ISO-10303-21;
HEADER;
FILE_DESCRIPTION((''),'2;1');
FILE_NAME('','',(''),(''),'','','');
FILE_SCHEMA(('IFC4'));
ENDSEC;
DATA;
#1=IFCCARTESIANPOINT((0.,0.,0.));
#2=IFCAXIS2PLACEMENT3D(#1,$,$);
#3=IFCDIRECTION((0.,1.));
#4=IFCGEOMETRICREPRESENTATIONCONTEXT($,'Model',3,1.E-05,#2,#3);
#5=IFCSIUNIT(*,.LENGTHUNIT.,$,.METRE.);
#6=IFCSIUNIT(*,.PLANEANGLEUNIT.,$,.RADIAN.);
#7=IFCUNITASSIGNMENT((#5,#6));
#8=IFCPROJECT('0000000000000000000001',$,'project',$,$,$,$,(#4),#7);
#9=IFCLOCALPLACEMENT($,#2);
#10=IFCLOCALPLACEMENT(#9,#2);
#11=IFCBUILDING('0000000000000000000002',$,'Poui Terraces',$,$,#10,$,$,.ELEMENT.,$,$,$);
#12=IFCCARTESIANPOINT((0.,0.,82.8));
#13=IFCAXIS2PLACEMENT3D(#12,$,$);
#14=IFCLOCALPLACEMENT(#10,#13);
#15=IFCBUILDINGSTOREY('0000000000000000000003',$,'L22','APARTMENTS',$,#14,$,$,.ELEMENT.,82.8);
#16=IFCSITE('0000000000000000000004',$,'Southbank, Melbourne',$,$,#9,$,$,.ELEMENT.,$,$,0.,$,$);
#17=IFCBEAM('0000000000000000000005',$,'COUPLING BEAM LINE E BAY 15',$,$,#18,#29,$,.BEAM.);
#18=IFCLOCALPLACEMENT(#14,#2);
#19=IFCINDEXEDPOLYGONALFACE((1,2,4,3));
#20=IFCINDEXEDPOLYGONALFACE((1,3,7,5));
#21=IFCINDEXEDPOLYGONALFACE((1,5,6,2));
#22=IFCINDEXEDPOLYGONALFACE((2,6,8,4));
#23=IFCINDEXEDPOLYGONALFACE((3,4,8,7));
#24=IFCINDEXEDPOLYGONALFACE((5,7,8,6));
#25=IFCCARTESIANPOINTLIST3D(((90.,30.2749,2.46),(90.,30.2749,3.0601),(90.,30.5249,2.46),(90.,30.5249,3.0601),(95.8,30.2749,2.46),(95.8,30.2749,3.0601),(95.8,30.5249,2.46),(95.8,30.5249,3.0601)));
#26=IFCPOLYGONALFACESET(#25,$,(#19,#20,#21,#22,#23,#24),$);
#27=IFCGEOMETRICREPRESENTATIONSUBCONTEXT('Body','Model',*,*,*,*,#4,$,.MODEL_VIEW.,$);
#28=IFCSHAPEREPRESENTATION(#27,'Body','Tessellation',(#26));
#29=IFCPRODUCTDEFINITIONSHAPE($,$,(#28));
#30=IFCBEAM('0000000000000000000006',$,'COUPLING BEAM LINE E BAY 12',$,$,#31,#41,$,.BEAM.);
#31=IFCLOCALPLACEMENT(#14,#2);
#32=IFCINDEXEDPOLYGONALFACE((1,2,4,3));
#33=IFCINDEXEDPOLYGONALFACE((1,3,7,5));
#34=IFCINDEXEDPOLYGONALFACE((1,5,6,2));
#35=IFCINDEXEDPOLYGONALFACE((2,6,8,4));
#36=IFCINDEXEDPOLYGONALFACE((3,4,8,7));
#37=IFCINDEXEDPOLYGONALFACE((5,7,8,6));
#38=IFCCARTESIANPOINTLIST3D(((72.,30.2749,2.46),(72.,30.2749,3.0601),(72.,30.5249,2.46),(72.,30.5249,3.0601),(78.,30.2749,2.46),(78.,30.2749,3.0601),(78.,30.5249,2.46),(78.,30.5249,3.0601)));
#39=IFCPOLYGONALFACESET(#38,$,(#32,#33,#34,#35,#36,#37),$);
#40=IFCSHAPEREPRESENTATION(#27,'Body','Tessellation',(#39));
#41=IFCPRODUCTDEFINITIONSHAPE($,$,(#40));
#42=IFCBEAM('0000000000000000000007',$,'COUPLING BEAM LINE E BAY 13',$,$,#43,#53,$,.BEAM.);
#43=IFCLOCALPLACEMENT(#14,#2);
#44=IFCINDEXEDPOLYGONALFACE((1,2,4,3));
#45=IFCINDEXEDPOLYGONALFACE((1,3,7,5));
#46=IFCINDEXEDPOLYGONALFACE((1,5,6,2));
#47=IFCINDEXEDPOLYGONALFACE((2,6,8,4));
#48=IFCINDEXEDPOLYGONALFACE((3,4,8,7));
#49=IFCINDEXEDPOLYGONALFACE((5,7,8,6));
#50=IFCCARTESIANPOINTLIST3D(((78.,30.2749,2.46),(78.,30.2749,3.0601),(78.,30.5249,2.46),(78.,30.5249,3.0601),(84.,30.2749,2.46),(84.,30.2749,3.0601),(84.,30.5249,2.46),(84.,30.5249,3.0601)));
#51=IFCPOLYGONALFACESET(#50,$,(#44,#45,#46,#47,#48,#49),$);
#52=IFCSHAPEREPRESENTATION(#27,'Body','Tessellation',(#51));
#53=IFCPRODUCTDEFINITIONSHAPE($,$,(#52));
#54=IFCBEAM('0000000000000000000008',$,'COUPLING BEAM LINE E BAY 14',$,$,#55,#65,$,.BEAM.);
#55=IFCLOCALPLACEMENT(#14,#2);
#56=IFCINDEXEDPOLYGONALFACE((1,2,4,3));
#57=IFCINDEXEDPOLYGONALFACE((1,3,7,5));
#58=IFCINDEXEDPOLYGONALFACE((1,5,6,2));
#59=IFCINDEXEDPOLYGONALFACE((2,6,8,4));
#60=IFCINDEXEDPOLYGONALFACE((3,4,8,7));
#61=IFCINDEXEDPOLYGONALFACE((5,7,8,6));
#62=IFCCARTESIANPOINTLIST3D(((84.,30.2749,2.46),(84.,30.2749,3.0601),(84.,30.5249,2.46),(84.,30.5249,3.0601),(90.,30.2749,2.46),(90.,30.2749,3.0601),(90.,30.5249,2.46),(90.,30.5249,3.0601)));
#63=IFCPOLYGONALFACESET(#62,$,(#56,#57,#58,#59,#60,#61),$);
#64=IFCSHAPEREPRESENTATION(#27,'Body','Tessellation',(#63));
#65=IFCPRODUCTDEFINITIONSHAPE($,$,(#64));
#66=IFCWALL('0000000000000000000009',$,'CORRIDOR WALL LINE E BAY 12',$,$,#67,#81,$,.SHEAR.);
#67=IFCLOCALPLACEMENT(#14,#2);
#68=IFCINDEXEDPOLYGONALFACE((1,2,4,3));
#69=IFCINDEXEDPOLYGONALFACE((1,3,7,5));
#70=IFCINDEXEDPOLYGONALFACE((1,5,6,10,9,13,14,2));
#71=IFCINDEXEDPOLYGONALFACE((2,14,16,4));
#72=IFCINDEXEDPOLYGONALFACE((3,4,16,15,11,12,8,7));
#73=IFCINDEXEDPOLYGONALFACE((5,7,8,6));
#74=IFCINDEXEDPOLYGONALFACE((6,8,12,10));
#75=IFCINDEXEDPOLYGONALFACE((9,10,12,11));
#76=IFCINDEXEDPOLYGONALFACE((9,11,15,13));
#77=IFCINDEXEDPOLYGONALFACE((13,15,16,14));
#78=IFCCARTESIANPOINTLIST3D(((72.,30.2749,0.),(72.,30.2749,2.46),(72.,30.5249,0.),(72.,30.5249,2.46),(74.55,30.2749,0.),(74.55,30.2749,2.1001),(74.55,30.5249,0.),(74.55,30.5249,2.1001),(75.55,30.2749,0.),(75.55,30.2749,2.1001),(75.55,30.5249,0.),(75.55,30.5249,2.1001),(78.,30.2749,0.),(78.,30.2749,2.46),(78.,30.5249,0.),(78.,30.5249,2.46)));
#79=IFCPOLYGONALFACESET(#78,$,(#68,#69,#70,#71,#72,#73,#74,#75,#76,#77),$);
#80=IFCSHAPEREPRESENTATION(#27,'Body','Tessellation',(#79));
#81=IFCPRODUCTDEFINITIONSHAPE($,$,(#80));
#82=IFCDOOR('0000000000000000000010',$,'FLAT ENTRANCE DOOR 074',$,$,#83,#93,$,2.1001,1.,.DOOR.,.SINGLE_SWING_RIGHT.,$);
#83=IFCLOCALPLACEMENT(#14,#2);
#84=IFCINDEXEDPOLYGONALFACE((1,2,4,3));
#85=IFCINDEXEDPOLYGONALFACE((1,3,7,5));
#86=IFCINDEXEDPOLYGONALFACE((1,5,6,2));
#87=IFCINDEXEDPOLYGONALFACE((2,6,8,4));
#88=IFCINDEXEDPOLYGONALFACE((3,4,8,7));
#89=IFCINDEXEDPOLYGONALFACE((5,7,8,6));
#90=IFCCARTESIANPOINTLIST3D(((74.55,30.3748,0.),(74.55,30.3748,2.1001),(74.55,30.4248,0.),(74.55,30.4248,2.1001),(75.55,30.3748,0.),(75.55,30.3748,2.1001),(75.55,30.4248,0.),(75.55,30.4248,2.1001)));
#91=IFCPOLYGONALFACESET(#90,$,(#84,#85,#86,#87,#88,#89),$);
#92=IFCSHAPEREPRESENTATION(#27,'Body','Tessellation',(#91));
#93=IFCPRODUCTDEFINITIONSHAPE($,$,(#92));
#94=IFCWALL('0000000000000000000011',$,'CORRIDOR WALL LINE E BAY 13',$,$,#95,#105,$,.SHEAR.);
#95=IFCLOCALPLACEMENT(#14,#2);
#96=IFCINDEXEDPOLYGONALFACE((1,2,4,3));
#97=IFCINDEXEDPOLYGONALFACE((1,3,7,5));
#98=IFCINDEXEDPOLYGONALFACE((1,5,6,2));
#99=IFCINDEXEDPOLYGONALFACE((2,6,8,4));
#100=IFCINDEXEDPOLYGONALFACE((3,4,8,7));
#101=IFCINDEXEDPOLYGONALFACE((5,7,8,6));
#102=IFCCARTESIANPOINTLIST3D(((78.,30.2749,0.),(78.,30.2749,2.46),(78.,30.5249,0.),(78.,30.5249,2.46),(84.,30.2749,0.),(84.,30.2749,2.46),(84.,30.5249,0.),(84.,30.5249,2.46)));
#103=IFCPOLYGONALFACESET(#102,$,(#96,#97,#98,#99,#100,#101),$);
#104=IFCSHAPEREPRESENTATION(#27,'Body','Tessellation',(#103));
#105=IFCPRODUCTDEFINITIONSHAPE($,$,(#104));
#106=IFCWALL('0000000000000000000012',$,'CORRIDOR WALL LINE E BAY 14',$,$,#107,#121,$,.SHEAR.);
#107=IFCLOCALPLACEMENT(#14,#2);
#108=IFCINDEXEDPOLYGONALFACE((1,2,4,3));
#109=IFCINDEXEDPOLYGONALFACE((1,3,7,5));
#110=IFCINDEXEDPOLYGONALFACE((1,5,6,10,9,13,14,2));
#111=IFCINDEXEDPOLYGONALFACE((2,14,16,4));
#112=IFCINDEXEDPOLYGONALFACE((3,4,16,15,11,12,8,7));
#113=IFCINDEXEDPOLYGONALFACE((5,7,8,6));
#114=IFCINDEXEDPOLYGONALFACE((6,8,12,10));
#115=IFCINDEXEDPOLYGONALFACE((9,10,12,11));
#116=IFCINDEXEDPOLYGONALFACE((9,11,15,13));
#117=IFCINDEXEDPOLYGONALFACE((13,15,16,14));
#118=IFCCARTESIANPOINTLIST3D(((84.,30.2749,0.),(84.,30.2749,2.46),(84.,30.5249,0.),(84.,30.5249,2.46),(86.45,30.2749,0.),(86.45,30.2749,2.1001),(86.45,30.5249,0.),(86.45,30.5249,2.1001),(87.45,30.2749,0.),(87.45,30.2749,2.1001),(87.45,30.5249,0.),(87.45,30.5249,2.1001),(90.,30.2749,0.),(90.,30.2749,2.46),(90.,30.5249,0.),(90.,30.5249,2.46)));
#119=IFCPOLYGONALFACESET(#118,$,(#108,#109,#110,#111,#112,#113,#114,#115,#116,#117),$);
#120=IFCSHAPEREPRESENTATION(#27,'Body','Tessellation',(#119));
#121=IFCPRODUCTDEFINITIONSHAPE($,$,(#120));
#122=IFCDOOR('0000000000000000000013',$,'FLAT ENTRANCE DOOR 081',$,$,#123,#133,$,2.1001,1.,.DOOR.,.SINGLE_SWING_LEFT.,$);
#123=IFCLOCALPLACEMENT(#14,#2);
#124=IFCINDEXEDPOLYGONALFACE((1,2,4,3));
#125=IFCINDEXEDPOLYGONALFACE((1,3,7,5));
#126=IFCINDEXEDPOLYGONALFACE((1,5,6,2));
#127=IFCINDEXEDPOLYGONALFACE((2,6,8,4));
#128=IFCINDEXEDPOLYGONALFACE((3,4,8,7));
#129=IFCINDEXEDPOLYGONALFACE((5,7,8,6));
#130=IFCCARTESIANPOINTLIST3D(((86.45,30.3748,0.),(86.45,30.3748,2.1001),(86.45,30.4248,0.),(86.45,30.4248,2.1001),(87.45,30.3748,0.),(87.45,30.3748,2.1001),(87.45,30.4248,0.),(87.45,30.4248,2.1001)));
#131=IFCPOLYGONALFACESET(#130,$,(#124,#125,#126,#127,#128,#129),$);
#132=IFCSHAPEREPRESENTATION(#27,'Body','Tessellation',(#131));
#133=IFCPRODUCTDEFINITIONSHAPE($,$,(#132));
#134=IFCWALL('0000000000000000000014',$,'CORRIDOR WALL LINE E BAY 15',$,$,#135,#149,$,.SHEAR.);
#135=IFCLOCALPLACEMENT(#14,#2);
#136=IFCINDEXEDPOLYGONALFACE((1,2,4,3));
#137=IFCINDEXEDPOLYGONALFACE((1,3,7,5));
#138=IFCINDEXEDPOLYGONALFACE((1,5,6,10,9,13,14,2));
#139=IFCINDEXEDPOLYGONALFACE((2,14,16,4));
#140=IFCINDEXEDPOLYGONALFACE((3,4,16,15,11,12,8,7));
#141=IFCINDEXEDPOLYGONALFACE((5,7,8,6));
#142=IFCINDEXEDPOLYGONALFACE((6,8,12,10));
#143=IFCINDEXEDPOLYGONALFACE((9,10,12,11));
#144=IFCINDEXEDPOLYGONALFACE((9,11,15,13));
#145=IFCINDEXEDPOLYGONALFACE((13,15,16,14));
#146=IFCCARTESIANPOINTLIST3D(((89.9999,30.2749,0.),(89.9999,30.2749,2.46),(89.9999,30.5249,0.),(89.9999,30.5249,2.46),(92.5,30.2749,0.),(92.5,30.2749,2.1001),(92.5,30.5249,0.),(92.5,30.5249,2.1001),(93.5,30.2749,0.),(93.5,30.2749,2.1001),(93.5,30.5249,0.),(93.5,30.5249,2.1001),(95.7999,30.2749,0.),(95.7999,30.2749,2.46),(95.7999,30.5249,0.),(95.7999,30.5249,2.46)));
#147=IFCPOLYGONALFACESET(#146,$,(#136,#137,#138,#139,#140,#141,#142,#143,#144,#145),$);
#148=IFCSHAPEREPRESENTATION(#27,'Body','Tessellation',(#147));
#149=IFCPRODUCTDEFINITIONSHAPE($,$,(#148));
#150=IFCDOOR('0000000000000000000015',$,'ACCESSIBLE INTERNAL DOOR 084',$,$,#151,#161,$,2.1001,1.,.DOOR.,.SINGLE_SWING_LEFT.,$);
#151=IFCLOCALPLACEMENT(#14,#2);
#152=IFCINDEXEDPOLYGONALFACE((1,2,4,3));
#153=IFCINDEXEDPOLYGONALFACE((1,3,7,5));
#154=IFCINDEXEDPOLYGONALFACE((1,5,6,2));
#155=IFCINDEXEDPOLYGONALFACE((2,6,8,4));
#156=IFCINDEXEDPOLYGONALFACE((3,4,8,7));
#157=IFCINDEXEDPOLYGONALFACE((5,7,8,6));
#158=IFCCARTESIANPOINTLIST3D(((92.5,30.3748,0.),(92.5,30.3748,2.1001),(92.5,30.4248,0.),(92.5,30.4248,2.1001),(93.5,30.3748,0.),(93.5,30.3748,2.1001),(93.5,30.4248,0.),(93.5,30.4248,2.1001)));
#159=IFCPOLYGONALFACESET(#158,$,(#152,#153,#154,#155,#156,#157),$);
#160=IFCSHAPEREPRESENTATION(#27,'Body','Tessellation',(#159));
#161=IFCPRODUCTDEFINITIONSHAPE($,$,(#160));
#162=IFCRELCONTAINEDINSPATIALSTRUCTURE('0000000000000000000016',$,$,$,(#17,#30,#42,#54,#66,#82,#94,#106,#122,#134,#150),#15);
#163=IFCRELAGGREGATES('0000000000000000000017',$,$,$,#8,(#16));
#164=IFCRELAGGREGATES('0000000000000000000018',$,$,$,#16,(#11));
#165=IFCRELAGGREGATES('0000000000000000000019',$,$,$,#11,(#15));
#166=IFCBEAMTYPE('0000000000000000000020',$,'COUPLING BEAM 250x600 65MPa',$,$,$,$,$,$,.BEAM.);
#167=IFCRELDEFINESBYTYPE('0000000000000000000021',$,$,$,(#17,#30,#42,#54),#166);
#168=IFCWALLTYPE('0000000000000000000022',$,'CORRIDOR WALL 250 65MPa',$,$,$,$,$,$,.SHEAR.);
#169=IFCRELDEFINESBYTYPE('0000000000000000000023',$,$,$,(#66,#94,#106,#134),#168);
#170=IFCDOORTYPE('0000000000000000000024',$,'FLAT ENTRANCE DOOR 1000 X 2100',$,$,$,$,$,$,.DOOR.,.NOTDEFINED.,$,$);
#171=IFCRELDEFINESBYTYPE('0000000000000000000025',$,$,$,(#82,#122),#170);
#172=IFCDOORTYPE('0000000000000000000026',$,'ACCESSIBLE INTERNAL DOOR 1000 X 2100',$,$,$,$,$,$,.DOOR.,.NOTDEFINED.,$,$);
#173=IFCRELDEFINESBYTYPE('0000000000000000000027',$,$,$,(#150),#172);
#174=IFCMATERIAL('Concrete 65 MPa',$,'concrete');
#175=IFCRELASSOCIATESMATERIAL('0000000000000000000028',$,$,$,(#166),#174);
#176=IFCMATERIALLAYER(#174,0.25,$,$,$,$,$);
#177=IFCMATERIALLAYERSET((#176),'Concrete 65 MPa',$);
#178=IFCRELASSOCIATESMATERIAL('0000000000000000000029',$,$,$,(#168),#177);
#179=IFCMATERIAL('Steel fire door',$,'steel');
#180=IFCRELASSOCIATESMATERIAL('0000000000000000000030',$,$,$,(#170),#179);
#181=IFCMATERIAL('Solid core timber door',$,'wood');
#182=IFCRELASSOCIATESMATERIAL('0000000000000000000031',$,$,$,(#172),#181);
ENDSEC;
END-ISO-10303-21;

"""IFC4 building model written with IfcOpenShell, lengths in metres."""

from ifc_helpers import new_model, si_unit, direction, frame, frame_2d, origin, origin_2d, place, context, subcontext, project, spatial, rectangle, extrude, source, transform, mapped, material, layer, layer_set, material_profile, profile_set, type_object, element, fill, save


model = new_model("IFC4")

# Units and contexts
model_context = context("Model", 3, precision=1e-05, world=origin(), true_north=direction((0.0, 1.0)))
body_context = subcontext(model_context, "Body", "Model", "MODEL_VIEW")
ifc_project = project(units=[si_unit("LENGTHUNIT", "METRE"), si_unit("PLANEANGLEUNIT", "RADIAN")], contexts=[model_context])

# Site, building, storey
site_placement = place(None, origin())
site = spatial("IfcSite", under=ifc_project, at=site_placement, Name="Southbank, Melbourne", CompositionType="ELEMENT", RefElevation=0.0)
building_placement = place(site_placement, origin())
building = spatial("IfcBuilding", under=site, at=building_placement, Name="Poui Terraces", CompositionType="ELEMENT")
storey_placement = place(building_placement, frame((0.0, 0.0, 82.8)))
storey = spatial("IfcBuildingStorey", under=building, at=storey_placement, Name="L22", Description="APARTMENTS", CompositionType="ELEMENT", Elevation=82.8)

# Beams
ifc_material_1 = material(Name="Concrete 65 MPa", Category="concrete")
ifc_material_profile = material_profile(ifc_material_1, rectangle(XDim=0.25, YDim=0.6001, at=origin_2d()), Name="RC 250x600")
ifc_profile_set = profile_set([ifc_material_profile], Name="Concrete 65 MPa")
beam_type = type_object("IfcBeamType", Name="COUPLING BEAM 250x600 65MPa", PredefinedType="BEAM", material=ifc_profile_set)
shared_shape_1 = source(origin(), body_context, "Body", "SweptSolid", [
    extrude(rectangle(XDim=0.25, YDim=0.6001, at=origin_2d()), origin(), (0.0, 0.0, 1.0), 5.8),
])
beam_placement = place(storey_placement, frame((90.0, 30.3999, 2.76), z_axis=(1.0, 0.0, 0.0), x_axis=(0.0, 1.0, 0.0)))
element("IfcBeam", 1, at=beam_placement, inside=storey, type_object=beam_type, Name="COUPLING BEAM LINE E BAY 15", PredefinedType="BEAM", context=body_context, shape_type="MappedRepresentation", body=[
    mapped(shared_shape_1, transform((0.0, 0.0, 0.0))),
])
shared_shape_2 = source(origin(), body_context, "Body", "SweptSolid", [
    extrude(rectangle(XDim=0.25, YDim=0.6001, at=origin_2d()), origin(), (0.0, 0.0, 1.0), 6.0),
])
for number, where, z_axis, x_axis, name in (
    (2, (72.0, 30.3999, 2.76), (1.0, 0.0, 0.0), (0.0, 1.0, 0.0), "COUPLING BEAM LINE E BAY 12"),
    (3, (78.0, 30.3999, 2.76), (1.0, 0.0, 0.0), (0.0, 1.0, 0.0), "COUPLING BEAM LINE E BAY 13"),
    (4, (84.0, 30.3999, 2.76), (1.0, 0.0, 0.0), (0.0, 1.0, 0.0), "COUPLING BEAM LINE E BAY 14"),
):
    element("IfcBeam", number, at=place(storey_placement, frame(where, z_axis=z_axis, x_axis=x_axis)), inside=storey, type_object=beam_type, Name=name, PredefinedType="BEAM", context=body_context, shape_type="MappedRepresentation", body=[
        mapped(shared_shape_2, transform((0.0, 0.0, 0.0))),
    ])

# Wall, opening, door
ifc_layer_1 = layer(ifc_material_1, 0.25)
ifc_layer_set_1 = layer_set([ifc_layer_1], Name="Concrete 65 MPa")
wall_type_1 = type_object("IfcWallType", Name="CORRIDOR WALL 250 65MPa", PredefinedType="SHEAR", material=ifc_layer_set_1)
wall_1_placement = place(storey_placement, frame((72.0, 30.3999, 0.0), z_axis=(0.0, 0.0, 1.0), x_axis=(1.0, 0.0, 0.0)))
wall_1 = element("IfcWall", 5, at=wall_1_placement, inside=storey, type_object=wall_type_1, Name="CORRIDOR WALL LINE E BAY 12", PredefinedType="SHEAR", context=body_context, shape_type="SweptSolid", body=[
    extrude(rectangle(XDim=6.0, YDim=0.25, at=frame_2d((3.0, 0.0))), origin(), (0.0, 0.0, 1.0), 2.46),
])
opening_1_placement = place(wall_1_placement, frame((2.55, 0.0, 0.0)))
opening_1 = element("IfcOpeningElement", 6, at=opening_1_placement, cuts=wall_1, PredefinedType="OPENING", context=body_context, shape_type="SweptSolid", body=[
    extrude(rectangle(XDim=1.0, YDim=2.1001, at=frame_2d((0.5, 1.05))), frame((0.0, 0.135, 0.0), z_axis=(0.0, -1.0, 0.0), x_axis=(1.0, 0.0, 0.0)), (0.0, 0.0, 1.0), 0.27),
])
ifc_material_2 = material(Name="Steel fire door", Category="steel")
door_type_1 = type_object("IfcDoorType", Name="FLAT ENTRANCE DOOR 1000 X 2100", OperationType="NOTDEFINED", PredefinedType="DOOR", material=ifc_material_2)
door_1_placement = place(opening_1_placement, origin())
door_1 = element("IfcDoor", 7, at=door_1_placement, inside=storey, type_object=door_type_1, Name="FLAT ENTRANCE DOOR 074", OperationType="SINGLE_SWING_RIGHT", OverallHeight=2.1001, OverallWidth=1.0, PredefinedType="DOOR", context=body_context, shape_type="SweptSolid", body=[
    extrude(rectangle(XDim=1.0, YDim=2.1001, at=frame_2d((0.5, 1.05))), frame((0.0, 0.0249, 0.0), z_axis=(0.0, -1.0, 0.0), x_axis=(1.0, 0.0, 0.0)), (0.0, 0.0, 1.0), 0.05),
])
fill(opening_1, door_1)

# Wall
wall_2_placement = place(storey_placement, frame((78.0, 30.3999, 0.0), z_axis=(0.0, 0.0, 1.0), x_axis=(1.0, 0.0, 0.0)))
element("IfcWall", 8, at=wall_2_placement, inside=storey, type_object=wall_type_1, Name="CORRIDOR WALL LINE E BAY 13", PredefinedType="SHEAR", context=body_context, shape_type="SweptSolid", body=[
    extrude(rectangle(XDim=6.0, YDim=0.25, at=frame_2d((3.0, 0.0))), origin(), (0.0, 0.0, 1.0), 2.46),
])

# Walls, openings, doors
wall_3_placement = place(storey_placement, frame((84.0, 30.3999, 0.0), z_axis=(0.0, 0.0, 1.0), x_axis=(1.0, 0.0, 0.0)))
wall_3 = element("IfcWall", 9, at=wall_3_placement, inside=storey, type_object=wall_type_1, Name="CORRIDOR WALL LINE E BAY 14", PredefinedType="SHEAR", context=body_context, shape_type="SweptSolid", body=[
    extrude(rectangle(XDim=6.0, YDim=0.25, at=frame_2d((3.0, 0.0))), origin(), (0.0, 0.0, 1.0), 2.46),
])
opening_2_placement = place(wall_3_placement, frame((2.45, 0.0, 0.0)))
opening_2 = element("IfcOpeningElement", 10, at=opening_2_placement, cuts=wall_3, PredefinedType="OPENING", context=body_context, shape_type="SweptSolid", body=[
    extrude(rectangle(XDim=1.0, YDim=2.1001, at=frame_2d((0.5, 1.05))), frame((0.0, 0.135, 0.0), z_axis=(0.0, -1.0, 0.0), x_axis=(1.0, 0.0, 0.0)), (0.0, 0.0, 1.0), 0.27),
])
door_2_placement = place(opening_2_placement, origin())
door_2 = element("IfcDoor", 11, at=door_2_placement, inside=storey, type_object=door_type_1, Name="FLAT ENTRANCE DOOR 081", OperationType="SINGLE_SWING_LEFT", OverallHeight=2.1001, OverallWidth=1.0, PredefinedType="DOOR", context=body_context, shape_type="SweptSolid", body=[
    extrude(rectangle(XDim=1.0, YDim=2.1001, at=frame_2d((0.5, 1.05))), frame((0.0, 0.0249, 0.0), z_axis=(0.0, -1.0, 0.0), x_axis=(1.0, 0.0, 0.0)), (0.0, 0.0, 1.0), 0.05),
])
fill(opening_2, door_2)
wall_4_placement = place(storey_placement, frame((90.0, 30.3999, 0.0), z_axis=(0.0, 0.0, 1.0), x_axis=(1.0, 0.0, 0.0)))
wall_4 = element("IfcWall", 12, at=wall_4_placement, inside=storey, type_object=wall_type_1, Name="CORRIDOR WALL LINE E BAY 15", PredefinedType="SHEAR", context=body_context, shape_type="SweptSolid", body=[
    extrude(rectangle(XDim=5.8, YDim=0.25, at=frame_2d((2.8999, 0.0))), origin(), (0.0, 0.0, 1.0), 2.46),
])
opening_3_placement = place(wall_4_placement, frame((2.5, 0.0, 0.0)))
opening_3 = element("IfcOpeningElement", 13, at=opening_3_placement, cuts=wall_4, PredefinedType="OPENING", context=body_context, shape_type="SweptSolid", body=[
    extrude(rectangle(XDim=1.0, YDim=2.1001, at=frame_2d((0.5, 1.05))), frame((0.0, 0.135, 0.0), z_axis=(0.0, -1.0, 0.0), x_axis=(1.0, 0.0, 0.0)), (0.0, 0.0, 1.0), 0.27),
])
ifc_material_3 = material(Name="Solid core timber door", Category="wood")
door_type_2 = type_object("IfcDoorType", Name="ACCESSIBLE INTERNAL DOOR 1000 X 2100", OperationType="NOTDEFINED", PredefinedType="DOOR", material=ifc_material_3)
door_3_placement = place(opening_3_placement, origin())
door_3 = element("IfcDoor", 14, at=door_3_placement, inside=storey, type_object=door_type_2, Name="ACCESSIBLE INTERNAL DOOR 084", OperationType="SINGLE_SWING_LEFT", OverallHeight=2.1001, OverallWidth=1.0, PredefinedType="DOOR", context=body_context, shape_type="SweptSolid", body=[
    extrude(rectangle(XDim=1.0, YDim=2.1001, at=frame_2d((0.5, 1.05))), frame((0.0, 0.0249, 0.0), z_axis=(0.0, -1.0, 0.0), x_axis=(1.0, 0.0, 0.0)), (0.0, 0.0, 1.0), 0.05),
])
fill(opening_3, door_3)

save(model, "model.ifc")
